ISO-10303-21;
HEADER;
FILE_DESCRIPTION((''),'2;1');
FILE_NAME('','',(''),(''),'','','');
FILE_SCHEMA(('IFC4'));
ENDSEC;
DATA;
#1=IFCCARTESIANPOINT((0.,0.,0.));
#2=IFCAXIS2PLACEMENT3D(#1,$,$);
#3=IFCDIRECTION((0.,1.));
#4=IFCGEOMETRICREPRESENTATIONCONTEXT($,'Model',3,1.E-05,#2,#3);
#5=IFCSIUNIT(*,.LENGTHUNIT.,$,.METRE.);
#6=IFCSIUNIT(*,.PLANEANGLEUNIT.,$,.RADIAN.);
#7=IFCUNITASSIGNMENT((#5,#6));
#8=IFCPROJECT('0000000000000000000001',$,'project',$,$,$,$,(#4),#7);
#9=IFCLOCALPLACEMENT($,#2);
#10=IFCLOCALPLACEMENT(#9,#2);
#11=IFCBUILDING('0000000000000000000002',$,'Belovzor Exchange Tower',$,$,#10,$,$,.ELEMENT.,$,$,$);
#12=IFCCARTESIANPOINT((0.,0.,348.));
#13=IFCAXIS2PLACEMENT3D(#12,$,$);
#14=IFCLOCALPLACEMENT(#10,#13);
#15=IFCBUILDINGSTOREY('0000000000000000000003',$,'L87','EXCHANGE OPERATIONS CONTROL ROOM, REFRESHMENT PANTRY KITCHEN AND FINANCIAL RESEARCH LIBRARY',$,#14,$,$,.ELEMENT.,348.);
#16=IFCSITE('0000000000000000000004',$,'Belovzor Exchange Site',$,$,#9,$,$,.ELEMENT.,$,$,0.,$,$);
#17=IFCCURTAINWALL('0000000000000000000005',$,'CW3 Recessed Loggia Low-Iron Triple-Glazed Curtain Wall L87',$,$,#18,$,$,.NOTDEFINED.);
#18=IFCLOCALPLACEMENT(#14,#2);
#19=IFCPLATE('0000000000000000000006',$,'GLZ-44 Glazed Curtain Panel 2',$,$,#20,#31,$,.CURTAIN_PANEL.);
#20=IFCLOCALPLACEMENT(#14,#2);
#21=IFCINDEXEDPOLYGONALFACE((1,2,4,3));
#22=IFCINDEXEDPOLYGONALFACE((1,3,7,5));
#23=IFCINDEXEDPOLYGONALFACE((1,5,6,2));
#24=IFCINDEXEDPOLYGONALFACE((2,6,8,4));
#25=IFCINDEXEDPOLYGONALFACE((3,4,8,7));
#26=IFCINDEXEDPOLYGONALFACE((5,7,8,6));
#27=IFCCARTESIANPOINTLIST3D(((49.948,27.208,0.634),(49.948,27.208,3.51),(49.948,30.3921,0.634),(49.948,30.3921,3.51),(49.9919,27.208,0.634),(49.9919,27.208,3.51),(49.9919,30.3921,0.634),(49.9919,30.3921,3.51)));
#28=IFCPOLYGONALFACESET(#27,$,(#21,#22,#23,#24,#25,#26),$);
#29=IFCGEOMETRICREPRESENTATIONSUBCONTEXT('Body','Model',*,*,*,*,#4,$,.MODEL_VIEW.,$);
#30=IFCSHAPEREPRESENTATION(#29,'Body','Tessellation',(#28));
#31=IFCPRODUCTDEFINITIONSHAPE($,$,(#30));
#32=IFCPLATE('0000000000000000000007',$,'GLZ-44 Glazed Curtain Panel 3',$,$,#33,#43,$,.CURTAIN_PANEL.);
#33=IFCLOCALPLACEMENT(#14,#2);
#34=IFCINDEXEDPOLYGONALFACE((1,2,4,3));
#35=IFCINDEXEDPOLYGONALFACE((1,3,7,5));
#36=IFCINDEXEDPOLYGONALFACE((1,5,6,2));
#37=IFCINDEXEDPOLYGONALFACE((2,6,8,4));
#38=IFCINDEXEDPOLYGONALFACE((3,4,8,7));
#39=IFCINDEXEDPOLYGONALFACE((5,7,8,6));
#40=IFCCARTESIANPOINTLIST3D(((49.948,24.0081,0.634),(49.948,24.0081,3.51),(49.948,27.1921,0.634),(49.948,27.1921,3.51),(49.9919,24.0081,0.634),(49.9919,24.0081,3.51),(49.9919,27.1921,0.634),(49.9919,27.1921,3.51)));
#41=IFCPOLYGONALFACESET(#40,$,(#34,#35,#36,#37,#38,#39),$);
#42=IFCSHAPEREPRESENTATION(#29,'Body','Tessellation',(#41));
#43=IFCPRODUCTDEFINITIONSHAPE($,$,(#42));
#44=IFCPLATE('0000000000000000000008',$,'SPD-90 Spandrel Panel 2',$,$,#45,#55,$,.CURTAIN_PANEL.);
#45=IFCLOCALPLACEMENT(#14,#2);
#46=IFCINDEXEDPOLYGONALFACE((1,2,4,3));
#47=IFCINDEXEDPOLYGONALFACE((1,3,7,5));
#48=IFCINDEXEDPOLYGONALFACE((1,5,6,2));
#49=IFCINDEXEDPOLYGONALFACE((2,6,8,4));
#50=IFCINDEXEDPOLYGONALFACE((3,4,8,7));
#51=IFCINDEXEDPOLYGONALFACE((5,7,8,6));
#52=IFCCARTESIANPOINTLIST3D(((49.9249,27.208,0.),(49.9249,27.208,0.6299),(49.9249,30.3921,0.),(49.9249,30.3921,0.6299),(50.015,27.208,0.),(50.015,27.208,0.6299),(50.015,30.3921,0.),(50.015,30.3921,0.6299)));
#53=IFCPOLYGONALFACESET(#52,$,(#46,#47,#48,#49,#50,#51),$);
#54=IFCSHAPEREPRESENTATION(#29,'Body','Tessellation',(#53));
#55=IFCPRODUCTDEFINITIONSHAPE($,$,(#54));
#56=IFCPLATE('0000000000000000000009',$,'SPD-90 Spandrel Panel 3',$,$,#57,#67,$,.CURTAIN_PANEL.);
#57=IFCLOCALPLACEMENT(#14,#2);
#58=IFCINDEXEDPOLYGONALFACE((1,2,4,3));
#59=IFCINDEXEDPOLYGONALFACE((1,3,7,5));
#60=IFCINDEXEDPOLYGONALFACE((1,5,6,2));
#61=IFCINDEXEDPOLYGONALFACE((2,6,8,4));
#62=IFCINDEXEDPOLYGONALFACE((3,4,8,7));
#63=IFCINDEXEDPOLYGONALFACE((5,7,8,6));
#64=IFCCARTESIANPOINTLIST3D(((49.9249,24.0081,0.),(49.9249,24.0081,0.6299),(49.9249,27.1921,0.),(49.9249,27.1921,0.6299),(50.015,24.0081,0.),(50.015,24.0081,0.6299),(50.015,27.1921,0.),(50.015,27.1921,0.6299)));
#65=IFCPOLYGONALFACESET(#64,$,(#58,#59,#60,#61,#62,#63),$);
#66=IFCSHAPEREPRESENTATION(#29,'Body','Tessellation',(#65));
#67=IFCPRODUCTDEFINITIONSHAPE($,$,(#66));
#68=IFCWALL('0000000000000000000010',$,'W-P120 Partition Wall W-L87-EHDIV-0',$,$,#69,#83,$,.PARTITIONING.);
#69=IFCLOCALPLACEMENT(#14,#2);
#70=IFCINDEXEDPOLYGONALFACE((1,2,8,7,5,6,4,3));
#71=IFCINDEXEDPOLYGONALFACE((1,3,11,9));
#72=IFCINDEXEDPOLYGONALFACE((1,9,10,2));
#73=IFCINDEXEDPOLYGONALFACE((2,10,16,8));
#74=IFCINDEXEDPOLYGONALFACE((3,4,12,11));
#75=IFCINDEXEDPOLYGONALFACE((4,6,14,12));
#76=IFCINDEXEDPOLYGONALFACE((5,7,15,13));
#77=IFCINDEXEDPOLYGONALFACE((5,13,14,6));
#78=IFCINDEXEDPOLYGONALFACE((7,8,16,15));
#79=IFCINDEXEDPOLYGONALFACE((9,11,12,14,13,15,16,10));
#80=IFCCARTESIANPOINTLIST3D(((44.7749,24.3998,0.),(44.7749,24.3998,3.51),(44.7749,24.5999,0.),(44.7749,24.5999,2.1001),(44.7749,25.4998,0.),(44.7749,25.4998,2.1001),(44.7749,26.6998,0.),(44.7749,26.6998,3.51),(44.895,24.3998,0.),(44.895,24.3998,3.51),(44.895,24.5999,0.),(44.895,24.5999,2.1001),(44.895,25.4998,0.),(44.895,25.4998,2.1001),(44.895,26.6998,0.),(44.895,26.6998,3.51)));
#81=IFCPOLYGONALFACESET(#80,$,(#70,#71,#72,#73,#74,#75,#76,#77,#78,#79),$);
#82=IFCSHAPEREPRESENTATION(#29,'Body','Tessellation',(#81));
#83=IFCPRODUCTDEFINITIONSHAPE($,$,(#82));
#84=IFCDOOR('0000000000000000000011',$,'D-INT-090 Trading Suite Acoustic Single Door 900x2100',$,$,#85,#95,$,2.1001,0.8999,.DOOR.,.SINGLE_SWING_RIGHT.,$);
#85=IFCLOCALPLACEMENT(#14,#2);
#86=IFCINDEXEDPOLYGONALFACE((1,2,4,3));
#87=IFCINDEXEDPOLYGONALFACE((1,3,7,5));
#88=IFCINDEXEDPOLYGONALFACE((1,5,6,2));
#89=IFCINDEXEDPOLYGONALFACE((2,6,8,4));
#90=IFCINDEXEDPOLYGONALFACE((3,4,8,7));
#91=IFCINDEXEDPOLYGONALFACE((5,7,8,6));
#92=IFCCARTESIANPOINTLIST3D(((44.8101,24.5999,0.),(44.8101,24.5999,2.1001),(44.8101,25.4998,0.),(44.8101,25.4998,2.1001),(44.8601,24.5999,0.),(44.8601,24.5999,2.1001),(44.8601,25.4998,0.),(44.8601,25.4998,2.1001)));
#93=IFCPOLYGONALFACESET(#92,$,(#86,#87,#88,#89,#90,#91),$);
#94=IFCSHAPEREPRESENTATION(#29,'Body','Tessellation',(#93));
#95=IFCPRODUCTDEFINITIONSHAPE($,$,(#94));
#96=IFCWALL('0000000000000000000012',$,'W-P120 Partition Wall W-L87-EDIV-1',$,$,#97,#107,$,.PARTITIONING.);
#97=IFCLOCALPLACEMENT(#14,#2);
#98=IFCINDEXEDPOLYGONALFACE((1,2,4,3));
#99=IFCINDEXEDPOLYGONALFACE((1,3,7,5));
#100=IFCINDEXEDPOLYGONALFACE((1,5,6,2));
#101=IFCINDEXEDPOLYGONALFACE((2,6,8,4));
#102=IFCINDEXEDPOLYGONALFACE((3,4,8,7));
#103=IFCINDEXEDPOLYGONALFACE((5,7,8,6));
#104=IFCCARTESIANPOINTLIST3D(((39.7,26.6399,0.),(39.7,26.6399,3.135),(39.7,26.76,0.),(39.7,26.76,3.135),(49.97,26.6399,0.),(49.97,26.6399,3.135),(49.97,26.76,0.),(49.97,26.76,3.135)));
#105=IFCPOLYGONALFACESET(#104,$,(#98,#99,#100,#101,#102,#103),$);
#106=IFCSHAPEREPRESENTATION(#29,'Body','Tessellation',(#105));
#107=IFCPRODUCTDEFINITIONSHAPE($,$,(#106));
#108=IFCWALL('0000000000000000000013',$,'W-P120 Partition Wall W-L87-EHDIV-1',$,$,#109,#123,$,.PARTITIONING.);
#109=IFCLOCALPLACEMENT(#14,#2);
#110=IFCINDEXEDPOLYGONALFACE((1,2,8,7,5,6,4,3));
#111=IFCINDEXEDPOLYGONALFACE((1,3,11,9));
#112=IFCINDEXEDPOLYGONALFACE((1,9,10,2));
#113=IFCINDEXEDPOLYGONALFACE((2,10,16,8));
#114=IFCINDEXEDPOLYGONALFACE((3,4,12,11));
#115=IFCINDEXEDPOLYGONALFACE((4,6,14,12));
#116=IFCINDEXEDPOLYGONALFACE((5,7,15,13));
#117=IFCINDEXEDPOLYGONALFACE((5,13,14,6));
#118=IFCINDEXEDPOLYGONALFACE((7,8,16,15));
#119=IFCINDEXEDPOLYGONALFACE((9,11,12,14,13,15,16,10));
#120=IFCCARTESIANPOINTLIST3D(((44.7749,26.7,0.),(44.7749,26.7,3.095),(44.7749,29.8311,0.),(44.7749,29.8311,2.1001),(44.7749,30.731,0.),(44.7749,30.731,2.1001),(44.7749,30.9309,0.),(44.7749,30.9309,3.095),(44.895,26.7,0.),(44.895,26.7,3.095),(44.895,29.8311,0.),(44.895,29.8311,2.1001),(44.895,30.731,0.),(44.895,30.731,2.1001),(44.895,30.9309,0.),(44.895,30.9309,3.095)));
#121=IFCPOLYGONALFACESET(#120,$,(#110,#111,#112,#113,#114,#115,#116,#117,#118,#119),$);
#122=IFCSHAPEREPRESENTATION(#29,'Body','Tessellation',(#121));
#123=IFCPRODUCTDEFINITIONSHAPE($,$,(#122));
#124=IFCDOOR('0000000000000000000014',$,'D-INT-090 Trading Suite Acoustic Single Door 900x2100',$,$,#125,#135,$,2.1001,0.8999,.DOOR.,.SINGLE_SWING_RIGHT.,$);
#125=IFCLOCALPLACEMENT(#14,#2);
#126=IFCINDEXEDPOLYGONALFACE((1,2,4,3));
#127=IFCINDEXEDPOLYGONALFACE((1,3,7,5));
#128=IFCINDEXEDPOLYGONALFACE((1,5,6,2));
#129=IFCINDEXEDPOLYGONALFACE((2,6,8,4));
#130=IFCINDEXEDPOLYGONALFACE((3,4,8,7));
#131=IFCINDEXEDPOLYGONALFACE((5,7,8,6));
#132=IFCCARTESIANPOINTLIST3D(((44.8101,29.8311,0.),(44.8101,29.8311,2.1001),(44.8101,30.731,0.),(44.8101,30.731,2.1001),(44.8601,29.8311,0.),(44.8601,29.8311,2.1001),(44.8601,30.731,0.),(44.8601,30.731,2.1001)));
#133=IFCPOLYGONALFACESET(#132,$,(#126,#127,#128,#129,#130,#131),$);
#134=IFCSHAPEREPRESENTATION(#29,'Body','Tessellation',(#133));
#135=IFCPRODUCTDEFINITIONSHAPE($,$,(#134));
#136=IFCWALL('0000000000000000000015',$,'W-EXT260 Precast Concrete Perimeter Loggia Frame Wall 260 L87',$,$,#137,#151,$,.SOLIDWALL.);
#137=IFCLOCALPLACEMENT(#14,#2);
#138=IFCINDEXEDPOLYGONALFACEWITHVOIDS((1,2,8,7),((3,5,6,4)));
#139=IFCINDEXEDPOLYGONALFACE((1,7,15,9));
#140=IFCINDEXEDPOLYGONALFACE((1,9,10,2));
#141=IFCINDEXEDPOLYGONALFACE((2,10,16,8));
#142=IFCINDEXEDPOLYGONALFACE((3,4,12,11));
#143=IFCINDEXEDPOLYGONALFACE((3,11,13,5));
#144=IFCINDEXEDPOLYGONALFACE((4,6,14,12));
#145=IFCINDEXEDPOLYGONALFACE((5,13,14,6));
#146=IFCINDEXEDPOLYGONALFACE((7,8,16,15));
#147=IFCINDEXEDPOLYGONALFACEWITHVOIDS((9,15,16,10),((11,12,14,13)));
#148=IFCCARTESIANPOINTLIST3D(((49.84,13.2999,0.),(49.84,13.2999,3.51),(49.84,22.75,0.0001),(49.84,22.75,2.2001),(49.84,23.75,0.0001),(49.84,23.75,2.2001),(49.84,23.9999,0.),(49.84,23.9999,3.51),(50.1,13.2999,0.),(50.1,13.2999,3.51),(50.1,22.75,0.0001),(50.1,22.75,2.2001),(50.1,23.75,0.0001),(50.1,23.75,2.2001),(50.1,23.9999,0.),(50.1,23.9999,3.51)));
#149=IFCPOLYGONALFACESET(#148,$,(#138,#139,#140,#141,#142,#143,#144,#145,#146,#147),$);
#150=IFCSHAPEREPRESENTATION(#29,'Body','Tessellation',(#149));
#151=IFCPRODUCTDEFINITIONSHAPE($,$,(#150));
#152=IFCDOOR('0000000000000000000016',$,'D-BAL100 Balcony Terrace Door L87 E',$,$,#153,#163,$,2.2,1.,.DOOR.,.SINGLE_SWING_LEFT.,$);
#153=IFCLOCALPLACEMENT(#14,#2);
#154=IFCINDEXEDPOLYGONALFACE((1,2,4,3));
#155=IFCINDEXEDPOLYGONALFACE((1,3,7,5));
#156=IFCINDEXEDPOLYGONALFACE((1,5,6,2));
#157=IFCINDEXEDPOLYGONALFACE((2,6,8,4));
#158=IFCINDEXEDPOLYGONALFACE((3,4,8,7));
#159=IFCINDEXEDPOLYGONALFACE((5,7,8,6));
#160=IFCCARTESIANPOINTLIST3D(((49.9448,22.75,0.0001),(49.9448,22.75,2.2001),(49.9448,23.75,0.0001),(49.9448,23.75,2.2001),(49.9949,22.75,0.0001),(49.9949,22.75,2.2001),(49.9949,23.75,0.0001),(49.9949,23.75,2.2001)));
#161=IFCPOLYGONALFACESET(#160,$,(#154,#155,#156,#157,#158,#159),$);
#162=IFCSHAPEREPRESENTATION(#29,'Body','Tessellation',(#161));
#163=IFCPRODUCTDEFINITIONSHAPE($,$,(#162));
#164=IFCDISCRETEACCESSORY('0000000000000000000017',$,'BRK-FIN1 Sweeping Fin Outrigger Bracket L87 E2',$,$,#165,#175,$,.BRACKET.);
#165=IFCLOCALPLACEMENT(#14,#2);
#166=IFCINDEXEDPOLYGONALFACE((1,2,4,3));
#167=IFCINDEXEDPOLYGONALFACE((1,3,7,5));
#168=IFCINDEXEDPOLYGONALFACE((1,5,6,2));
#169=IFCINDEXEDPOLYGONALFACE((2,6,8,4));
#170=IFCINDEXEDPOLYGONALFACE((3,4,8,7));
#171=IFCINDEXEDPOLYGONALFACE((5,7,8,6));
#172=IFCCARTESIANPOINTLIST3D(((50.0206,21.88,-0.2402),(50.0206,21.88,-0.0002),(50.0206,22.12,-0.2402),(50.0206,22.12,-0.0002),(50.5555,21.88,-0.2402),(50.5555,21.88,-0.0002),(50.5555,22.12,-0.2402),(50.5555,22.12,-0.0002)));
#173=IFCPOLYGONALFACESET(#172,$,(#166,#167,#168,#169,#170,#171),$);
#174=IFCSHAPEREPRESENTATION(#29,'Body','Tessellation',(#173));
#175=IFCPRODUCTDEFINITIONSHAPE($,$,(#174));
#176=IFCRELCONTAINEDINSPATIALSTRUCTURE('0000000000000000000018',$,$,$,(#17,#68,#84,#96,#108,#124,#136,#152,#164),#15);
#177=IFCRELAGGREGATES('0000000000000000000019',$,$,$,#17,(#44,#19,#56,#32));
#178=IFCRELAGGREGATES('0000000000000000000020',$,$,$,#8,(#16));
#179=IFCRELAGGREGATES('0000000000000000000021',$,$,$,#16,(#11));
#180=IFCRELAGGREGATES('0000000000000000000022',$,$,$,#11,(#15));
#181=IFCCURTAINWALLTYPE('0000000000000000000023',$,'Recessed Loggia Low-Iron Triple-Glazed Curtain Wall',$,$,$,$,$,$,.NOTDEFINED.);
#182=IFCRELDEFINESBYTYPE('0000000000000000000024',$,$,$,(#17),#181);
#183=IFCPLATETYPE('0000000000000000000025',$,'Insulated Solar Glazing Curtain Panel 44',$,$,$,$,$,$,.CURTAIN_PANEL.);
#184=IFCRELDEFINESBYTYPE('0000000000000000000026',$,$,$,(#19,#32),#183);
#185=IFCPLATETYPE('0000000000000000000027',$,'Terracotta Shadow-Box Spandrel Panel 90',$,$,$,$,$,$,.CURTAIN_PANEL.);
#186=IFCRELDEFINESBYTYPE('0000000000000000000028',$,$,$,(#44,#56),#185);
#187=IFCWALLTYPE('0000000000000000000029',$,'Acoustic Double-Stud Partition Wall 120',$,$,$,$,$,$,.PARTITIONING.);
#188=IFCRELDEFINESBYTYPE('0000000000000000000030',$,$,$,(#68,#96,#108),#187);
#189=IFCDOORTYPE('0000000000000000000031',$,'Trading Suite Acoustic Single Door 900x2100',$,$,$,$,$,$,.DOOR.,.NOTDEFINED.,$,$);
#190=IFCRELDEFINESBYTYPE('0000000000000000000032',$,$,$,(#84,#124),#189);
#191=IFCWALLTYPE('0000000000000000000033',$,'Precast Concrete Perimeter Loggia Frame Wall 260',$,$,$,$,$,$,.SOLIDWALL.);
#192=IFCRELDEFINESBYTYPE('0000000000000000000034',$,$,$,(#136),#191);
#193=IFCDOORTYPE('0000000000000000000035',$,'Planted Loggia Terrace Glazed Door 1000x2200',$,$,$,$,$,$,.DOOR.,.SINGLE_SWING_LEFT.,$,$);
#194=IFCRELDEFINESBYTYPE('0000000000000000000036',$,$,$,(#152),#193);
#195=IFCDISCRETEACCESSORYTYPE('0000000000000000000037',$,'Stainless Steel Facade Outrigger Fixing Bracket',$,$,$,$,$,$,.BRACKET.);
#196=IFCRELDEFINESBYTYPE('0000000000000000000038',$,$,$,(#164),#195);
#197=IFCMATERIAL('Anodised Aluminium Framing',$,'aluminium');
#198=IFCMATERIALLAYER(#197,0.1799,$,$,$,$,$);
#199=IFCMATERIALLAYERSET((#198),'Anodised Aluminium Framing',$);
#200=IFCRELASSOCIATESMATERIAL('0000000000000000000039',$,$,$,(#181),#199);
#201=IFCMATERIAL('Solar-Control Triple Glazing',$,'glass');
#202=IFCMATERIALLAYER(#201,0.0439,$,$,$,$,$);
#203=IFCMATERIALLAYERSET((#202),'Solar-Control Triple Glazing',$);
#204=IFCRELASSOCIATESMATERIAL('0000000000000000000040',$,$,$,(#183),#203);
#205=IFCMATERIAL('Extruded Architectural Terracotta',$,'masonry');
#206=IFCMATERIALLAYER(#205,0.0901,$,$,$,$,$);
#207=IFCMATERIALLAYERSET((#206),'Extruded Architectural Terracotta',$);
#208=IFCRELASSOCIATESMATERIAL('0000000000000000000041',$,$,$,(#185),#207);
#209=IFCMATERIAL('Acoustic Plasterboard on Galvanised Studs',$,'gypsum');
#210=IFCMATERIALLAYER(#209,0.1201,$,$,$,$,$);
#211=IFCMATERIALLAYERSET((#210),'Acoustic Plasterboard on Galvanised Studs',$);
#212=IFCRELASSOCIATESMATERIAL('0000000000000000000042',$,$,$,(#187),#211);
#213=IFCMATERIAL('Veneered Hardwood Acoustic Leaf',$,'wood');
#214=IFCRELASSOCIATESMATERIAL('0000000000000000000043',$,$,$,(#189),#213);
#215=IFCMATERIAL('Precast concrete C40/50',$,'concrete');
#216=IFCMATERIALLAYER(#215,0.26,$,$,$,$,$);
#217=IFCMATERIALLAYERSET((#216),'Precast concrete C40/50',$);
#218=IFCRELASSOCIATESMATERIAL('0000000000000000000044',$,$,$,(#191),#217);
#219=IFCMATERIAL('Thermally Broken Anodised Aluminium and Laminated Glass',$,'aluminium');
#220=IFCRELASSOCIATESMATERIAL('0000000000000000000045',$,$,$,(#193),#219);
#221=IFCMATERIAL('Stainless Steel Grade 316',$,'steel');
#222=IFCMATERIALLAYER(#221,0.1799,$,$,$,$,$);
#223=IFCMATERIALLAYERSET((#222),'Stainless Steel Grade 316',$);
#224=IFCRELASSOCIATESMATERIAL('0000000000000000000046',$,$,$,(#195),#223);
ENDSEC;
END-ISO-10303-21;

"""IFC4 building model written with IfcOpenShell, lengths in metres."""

from ifc_helpers import new_model, si_unit, direction, frame, frame_2d, origin, origin_2d, place, context, subcontext, project, spatial, rectangle, extrude, material, layer, layer_set, type_object, element, fill, aggregate, save


model = new_model("IFC4")

# Units and contexts
model_context = context("Model", 3, precision=1e-05, world=origin(), true_north=direction((0.0, 1.0)))
body_context = subcontext(model_context, "Body", "Model", "MODEL_VIEW")
ifc_project = project(units=[si_unit("LENGTHUNIT", "METRE"), si_unit("PLANEANGLEUNIT", "RADIAN")], contexts=[model_context])

# Site, building, storey
site_placement = place(None, origin())
site = spatial("IfcSite", under=ifc_project, at=site_placement, Name="Belovzor Exchange Site", CompositionType="ELEMENT", RefElevation=0.0)
building_placement = place(site_placement, origin())
building = spatial("IfcBuilding", under=site, at=building_placement, Name="Belovzor Exchange Tower", CompositionType="ELEMENT")
storey_placement = place(building_placement, frame((0.0, 0.0, 348.0)))
storey = spatial("IfcBuildingStorey", under=building, at=storey_placement, Name="L87", Description="EXCHANGE OPERATIONS CONTROL ROOM, REFRESHMENT PANTRY KITCHEN AND FINANCIAL RESEARCH LIBRARY", CompositionType="ELEMENT", Elevation=348.0)

# Curtain wall
ifc_material_1 = material(Name="Anodised Aluminium Framing", Category="aluminium")
ifc_layer_1 = layer(ifc_material_1, 0.1799)
ifc_layer_set_1 = layer_set([ifc_layer_1], Name="Anodised Aluminium Framing")
curtain_wall_type = type_object("IfcCurtainWallType", Name="Recessed Loggia Low-Iron Triple-Glazed Curtain Wall", PredefinedType="NOTDEFINED", material=ifc_layer_set_1)
curtain_wall_placement = place(storey_placement, origin())
curtain_wall = element("IfcCurtainWall", 1, at=curtain_wall_placement, inside=storey, type_object=curtain_wall_type, Name="CW3 Recessed Loggia Low-Iron Triple-Glazed Curtain Wall L87", PredefinedType="NOTDEFINED")

# Plates
ifc_material_2 = material(Name="Solar-Control Triple Glazing", Category="glass")
ifc_layer_2 = layer(ifc_material_2, 0.0439)
ifc_layer_set_2 = layer_set([ifc_layer_2], Name="Solar-Control Triple Glazing")
plate_type_1 = type_object("IfcPlateType", Name="Insulated Solar Glazing Curtain Panel 44", PredefinedType="CURTAIN_PANEL", material=ifc_layer_set_2)
plate_1_placement = place(storey_placement, frame((49.97, 28.8, 0.634), z_axis=(0.0, 0.0, 1.0), x_axis=(0.0, -1.0, 0.0)))
plate_1 = element("IfcPlate", 2, at=plate_1_placement, type_object=plate_type_1, Name="GLZ-44 Glazed Curtain Panel 2", PredefinedType="CURTAIN_PANEL", context=body_context, shape_type="SweptSolid", body=[
    extrude(rectangle(XDim=3.1841, YDim=0.0439, at=origin_2d()), origin(), (0.0, 0.0, 1.0), 2.876),
])
plate_2_placement = place(storey_placement, frame((49.97, 25.6001, 0.634), z_axis=(0.0, 0.0, 1.0), x_axis=(0.0, -1.0, 0.0)))
plate_2 = element("IfcPlate", 3, at=plate_2_placement, type_object=plate_type_1, Name="GLZ-44 Glazed Curtain Panel 3", PredefinedType="CURTAIN_PANEL", context=body_context, shape_type="SweptSolid", body=[
    extrude(rectangle(XDim=3.1841, YDim=0.0439, at=origin_2d()), origin(), (0.0, 0.0, 1.0), 2.876),
])
ifc_material_3 = material(Name="Extruded Architectural Terracotta", Category="masonry")
ifc_layer_3 = layer(ifc_material_3, 0.0901)
ifc_layer_set_3 = layer_set([ifc_layer_3], Name="Extruded Architectural Terracotta")
plate_type_2 = type_object("IfcPlateType", Name="Terracotta Shadow-Box Spandrel Panel 90", PredefinedType="CURTAIN_PANEL", material=ifc_layer_set_3)
plate_3_placement = place(storey_placement, frame((49.97, 28.8, 0.0), z_axis=(0.0, 0.0, 1.0), x_axis=(0.0, -1.0, 0.0)))
plate_3 = element("IfcPlate", 4, at=plate_3_placement, type_object=plate_type_2, Name="SPD-90 Spandrel Panel 2", PredefinedType="CURTAIN_PANEL", context=body_context, shape_type="SweptSolid", body=[
    extrude(rectangle(XDim=3.1841, YDim=0.0901, at=origin_2d()), origin(), (0.0, 0.0, 1.0), 0.6299),
])
plate_4_placement = place(storey_placement, frame((49.97, 25.6001, 0.0), z_axis=(0.0, 0.0, 1.0), x_axis=(0.0, -1.0, 0.0)))
plate_4 = element("IfcPlate", 5, at=plate_4_placement, type_object=plate_type_2, Name="SPD-90 Spandrel Panel 3", PredefinedType="CURTAIN_PANEL", context=body_context, shape_type="SweptSolid", body=[
    extrude(rectangle(XDim=3.1841, YDim=0.0901, at=origin_2d()), origin(), (0.0, 0.0, 1.0), 0.6299),
])
aggregate(curtain_wall, [plate_3, plate_1, plate_4, plate_2])

# Wall, opening, door
ifc_material_4 = material(Name="Acoustic Plasterboard on Galvanised Studs", Category="gypsum")
ifc_layer_4 = layer(ifc_material_4, 0.1201)
ifc_layer_set_4 = layer_set([ifc_layer_4], Name="Acoustic Plasterboard on Galvanised Studs")
wall_type_1 = type_object("IfcWallType", Name="Acoustic Double-Stud Partition Wall 120", PredefinedType="PARTITIONING", material=ifc_layer_set_4)
wall_1_placement = place(storey_placement, frame((44.835, 24.3999, 0.0), z_axis=(0.0, 0.0, 1.0), x_axis=(0.0, 1.0, 0.0)))
wall_1 = element("IfcWall", 6, at=wall_1_placement, inside=storey, type_object=wall_type_1, Name="W-P120 Partition Wall W-L87-EHDIV-0", PredefinedType="PARTITIONING", context=body_context, shape_type="SweptSolid", body=[
    extrude(rectangle(XDim=2.3, YDim=0.1201, at=frame_2d((1.1499, 0.0))), origin(), (0.0, 0.0, 1.0), 3.51),
])
opening_1_placement = place(wall_1_placement, frame((0.2, 0.0, 0.0)))
opening_1 = element("IfcOpeningElement", 7, at=opening_1_placement, cuts=wall_1, PredefinedType="OPENING", context=body_context, shape_type="SweptSolid", body=[
    extrude(rectangle(XDim=0.8999, YDim=2.1001, at=frame_2d((0.45, 1.05))), frame((0.0, 0.0701, 0.0), z_axis=(0.0, -1.0, 0.0), x_axis=(1.0, 0.0, 0.0)), (0.0, 0.0, 1.0), 0.1401),
])
ifc_material_5 = material(Name="Veneered Hardwood Acoustic Leaf", Category="wood")
door_type_1 = type_object("IfcDoorType", Name="Trading Suite Acoustic Single Door 900x2100", OperationType="NOTDEFINED", PredefinedType="DOOR", material=ifc_material_5)
door_1_placement = place(opening_1_placement, origin())
door_1 = element("IfcDoor", 8, at=door_1_placement, inside=storey, type_object=door_type_1, Name="D-INT-090 Trading Suite Acoustic Single Door 900x2100", OperationType="SINGLE_SWING_RIGHT", OverallHeight=2.1001, OverallWidth=0.8999, PredefinedType="DOOR", context=body_context, shape_type="SweptSolid", body=[
    extrude(rectangle(XDim=0.8999, YDim=2.1001, at=frame_2d((0.45, 1.05))), frame((0.0, 0.0249, 0.0), z_axis=(0.0, -1.0, 0.0), x_axis=(1.0, 0.0, 0.0)), (0.0, 0.0, 1.0), 0.05),
])
fill(opening_1, door_1)

# Wall
wall_2_placement = place(storey_placement, frame((39.7, 26.7, 0.0), z_axis=(0.0, 0.0, 1.0), x_axis=(1.0, 0.0, 0.0)))
element("IfcWall", 9, at=wall_2_placement, inside=storey, type_object=wall_type_1, Name="W-P120 Partition Wall W-L87-EDIV-1", PredefinedType="PARTITIONING", context=body_context, shape_type="SweptSolid", body=[
    extrude(rectangle(XDim=10.27, YDim=0.1201, at=frame_2d((5.135, 0.0))), origin(), (0.0, 0.0, 1.0), 3.135),
])

# Walls, openings, doors
wall_3_placement = place(storey_placement, frame((44.835, 26.7, 0.0), z_axis=(0.0, 0.0, 1.0), x_axis=(0.0, 1.0, 0.0)))
wall_3 = element("IfcWall", 10, at=wall_3_placement, inside=storey, type_object=wall_type_1, Name="W-P120 Partition Wall W-L87-EHDIV-1", PredefinedType="PARTITIONING", context=body_context, shape_type="SweptSolid", body=[
    extrude(rectangle(XDim=4.231, YDim=0.1201, at=frame_2d((2.1155, 0.0))), origin(), (0.0, 0.0, 1.0), 3.095),
])
opening_2_placement = place(wall_3_placement, frame((3.1311, 0.0, 0.0)))
opening_2 = element("IfcOpeningElement", 11, at=opening_2_placement, cuts=wall_3, PredefinedType="OPENING", context=body_context, shape_type="SweptSolid", body=[
    extrude(rectangle(XDim=0.8999, YDim=2.1001, at=frame_2d((0.45, 1.05))), frame((0.0, 0.0701, 0.0), z_axis=(0.0, -1.0, 0.0), x_axis=(1.0, 0.0, 0.0)), (0.0, 0.0, 1.0), 0.1401),
])
door_2_placement = place(opening_2_placement, origin())
door_2 = element("IfcDoor", 12, at=door_2_placement, inside=storey, type_object=door_type_1, Name="D-INT-090 Trading Suite Acoustic Single Door 900x2100", OperationType="SINGLE_SWING_RIGHT", OverallHeight=2.1001, OverallWidth=0.8999, PredefinedType="DOOR", context=body_context, shape_type="SweptSolid", body=[
    extrude(rectangle(XDim=0.8999, YDim=2.1001, at=frame_2d((0.45, 1.05))), frame((0.0, 0.0249, 0.0), z_axis=(0.0, -1.0, 0.0), x_axis=(1.0, 0.0, 0.0)), (0.0, 0.0, 1.0), 0.05),
])
fill(opening_2, door_2)
ifc_material_6 = material(Name="Precast concrete C40/50", Category="concrete")
ifc_layer_5 = layer(ifc_material_6, 0.26)
ifc_layer_set_5 = layer_set([ifc_layer_5], Name="Precast concrete C40/50")
wall_type_2 = type_object("IfcWallType", Name="Precast Concrete Perimeter Loggia Frame Wall 260", PredefinedType="SOLIDWALL", material=ifc_layer_set_5)
wall_4_placement = place(storey_placement, frame((49.97, 24.0, 0.0), z_axis=(0.0, 0.0, 1.0), x_axis=(0.0, -1.0, 0.0)))
wall_4 = element("IfcWall", 13, at=wall_4_placement, inside=storey, type_object=wall_type_2, Name="W-EXT260 Precast Concrete Perimeter Loggia Frame Wall 260 L87", PredefinedType="SOLIDWALL", context=body_context, shape_type="SweptSolid", body=[
    extrude(rectangle(XDim=10.7, YDim=0.26, at=frame_2d((5.3501, 0.0))), origin(), (0.0, 0.0, 1.0), 3.51),
])
opening_3_placement = place(wall_4_placement, frame((0.25, 0.0, 0.0)))
opening_3 = element("IfcOpeningElement", 14, at=opening_3_placement, cuts=wall_4, PredefinedType="OPENING", context=body_context, shape_type="SweptSolid", body=[
    extrude(rectangle(XDim=1.0, YDim=2.2, at=frame_2d((0.5, 1.1001))), frame((0.0, 0.1399, 0.0), z_axis=(0.0, -1.0, 0.0), x_axis=(1.0, 0.0, 0.0)), (0.0, 0.0, 1.0), 0.28),
])
ifc_material_7 = material(Name="Thermally Broken Anodised Aluminium and Laminated Glass", Category="aluminium")
door_type_2 = type_object("IfcDoorType", Name="Planted Loggia Terrace Glazed Door 1000x2200", OperationType="SINGLE_SWING_LEFT", PredefinedType="DOOR", material=ifc_material_7)
door_3_placement = place(opening_3_placement, origin())
door_3 = element("IfcDoor", 15, at=door_3_placement, inside=storey, type_object=door_type_2, Name="D-BAL100 Balcony Terrace Door L87 E", OperationType="SINGLE_SWING_LEFT", OverallHeight=2.2, OverallWidth=1.0, PredefinedType="DOOR", context=body_context, shape_type="SweptSolid", body=[
    extrude(rectangle(XDim=1.0, YDim=2.2, at=frame_2d((0.5, 1.1001))), frame((0.0, 0.0249, 0.0), z_axis=(0.0, -1.0, 0.0), x_axis=(1.0, 0.0, 0.0)), (0.0, 0.0, 1.0), 0.05),
])
fill(opening_3, door_3)

# Discrete accessory
ifc_material_8 = material(Name="Stainless Steel Grade 316", Category="steel")
ifc_layer_6 = layer(ifc_material_8, 0.1799)
ifc_layer_set_6 = layer_set([ifc_layer_6], Name="Stainless Steel Grade 316")
discrete_accessory_type = type_object("IfcDiscreteAccessoryType", Name="Stainless Steel Facade Outrigger Fixing Bracket", PredefinedType="BRACKET", material=ifc_layer_set_6)
discrete_accessory_placement = place(storey_placement, frame((50.2881, 22.0, -0.2402), z_axis=(0.0, 0.0, 1.0), x_axis=(1.0, 0.0, 0.0)))
element("IfcDiscreteAccessory", 16, at=discrete_accessory_placement, inside=storey, type_object=discrete_accessory_type, Name="BRK-FIN1 Sweeping Fin Outrigger Bracket L87 E2", PredefinedType="BRACKET", context=body_context, shape_type="SweptSolid", body=[
    extrude(rectangle(XDim=0.5349, YDim=0.24, at=origin_2d()), origin(), (0.0, 0.0, 1.0), 0.24),
])

save(model, "model.ifc")
